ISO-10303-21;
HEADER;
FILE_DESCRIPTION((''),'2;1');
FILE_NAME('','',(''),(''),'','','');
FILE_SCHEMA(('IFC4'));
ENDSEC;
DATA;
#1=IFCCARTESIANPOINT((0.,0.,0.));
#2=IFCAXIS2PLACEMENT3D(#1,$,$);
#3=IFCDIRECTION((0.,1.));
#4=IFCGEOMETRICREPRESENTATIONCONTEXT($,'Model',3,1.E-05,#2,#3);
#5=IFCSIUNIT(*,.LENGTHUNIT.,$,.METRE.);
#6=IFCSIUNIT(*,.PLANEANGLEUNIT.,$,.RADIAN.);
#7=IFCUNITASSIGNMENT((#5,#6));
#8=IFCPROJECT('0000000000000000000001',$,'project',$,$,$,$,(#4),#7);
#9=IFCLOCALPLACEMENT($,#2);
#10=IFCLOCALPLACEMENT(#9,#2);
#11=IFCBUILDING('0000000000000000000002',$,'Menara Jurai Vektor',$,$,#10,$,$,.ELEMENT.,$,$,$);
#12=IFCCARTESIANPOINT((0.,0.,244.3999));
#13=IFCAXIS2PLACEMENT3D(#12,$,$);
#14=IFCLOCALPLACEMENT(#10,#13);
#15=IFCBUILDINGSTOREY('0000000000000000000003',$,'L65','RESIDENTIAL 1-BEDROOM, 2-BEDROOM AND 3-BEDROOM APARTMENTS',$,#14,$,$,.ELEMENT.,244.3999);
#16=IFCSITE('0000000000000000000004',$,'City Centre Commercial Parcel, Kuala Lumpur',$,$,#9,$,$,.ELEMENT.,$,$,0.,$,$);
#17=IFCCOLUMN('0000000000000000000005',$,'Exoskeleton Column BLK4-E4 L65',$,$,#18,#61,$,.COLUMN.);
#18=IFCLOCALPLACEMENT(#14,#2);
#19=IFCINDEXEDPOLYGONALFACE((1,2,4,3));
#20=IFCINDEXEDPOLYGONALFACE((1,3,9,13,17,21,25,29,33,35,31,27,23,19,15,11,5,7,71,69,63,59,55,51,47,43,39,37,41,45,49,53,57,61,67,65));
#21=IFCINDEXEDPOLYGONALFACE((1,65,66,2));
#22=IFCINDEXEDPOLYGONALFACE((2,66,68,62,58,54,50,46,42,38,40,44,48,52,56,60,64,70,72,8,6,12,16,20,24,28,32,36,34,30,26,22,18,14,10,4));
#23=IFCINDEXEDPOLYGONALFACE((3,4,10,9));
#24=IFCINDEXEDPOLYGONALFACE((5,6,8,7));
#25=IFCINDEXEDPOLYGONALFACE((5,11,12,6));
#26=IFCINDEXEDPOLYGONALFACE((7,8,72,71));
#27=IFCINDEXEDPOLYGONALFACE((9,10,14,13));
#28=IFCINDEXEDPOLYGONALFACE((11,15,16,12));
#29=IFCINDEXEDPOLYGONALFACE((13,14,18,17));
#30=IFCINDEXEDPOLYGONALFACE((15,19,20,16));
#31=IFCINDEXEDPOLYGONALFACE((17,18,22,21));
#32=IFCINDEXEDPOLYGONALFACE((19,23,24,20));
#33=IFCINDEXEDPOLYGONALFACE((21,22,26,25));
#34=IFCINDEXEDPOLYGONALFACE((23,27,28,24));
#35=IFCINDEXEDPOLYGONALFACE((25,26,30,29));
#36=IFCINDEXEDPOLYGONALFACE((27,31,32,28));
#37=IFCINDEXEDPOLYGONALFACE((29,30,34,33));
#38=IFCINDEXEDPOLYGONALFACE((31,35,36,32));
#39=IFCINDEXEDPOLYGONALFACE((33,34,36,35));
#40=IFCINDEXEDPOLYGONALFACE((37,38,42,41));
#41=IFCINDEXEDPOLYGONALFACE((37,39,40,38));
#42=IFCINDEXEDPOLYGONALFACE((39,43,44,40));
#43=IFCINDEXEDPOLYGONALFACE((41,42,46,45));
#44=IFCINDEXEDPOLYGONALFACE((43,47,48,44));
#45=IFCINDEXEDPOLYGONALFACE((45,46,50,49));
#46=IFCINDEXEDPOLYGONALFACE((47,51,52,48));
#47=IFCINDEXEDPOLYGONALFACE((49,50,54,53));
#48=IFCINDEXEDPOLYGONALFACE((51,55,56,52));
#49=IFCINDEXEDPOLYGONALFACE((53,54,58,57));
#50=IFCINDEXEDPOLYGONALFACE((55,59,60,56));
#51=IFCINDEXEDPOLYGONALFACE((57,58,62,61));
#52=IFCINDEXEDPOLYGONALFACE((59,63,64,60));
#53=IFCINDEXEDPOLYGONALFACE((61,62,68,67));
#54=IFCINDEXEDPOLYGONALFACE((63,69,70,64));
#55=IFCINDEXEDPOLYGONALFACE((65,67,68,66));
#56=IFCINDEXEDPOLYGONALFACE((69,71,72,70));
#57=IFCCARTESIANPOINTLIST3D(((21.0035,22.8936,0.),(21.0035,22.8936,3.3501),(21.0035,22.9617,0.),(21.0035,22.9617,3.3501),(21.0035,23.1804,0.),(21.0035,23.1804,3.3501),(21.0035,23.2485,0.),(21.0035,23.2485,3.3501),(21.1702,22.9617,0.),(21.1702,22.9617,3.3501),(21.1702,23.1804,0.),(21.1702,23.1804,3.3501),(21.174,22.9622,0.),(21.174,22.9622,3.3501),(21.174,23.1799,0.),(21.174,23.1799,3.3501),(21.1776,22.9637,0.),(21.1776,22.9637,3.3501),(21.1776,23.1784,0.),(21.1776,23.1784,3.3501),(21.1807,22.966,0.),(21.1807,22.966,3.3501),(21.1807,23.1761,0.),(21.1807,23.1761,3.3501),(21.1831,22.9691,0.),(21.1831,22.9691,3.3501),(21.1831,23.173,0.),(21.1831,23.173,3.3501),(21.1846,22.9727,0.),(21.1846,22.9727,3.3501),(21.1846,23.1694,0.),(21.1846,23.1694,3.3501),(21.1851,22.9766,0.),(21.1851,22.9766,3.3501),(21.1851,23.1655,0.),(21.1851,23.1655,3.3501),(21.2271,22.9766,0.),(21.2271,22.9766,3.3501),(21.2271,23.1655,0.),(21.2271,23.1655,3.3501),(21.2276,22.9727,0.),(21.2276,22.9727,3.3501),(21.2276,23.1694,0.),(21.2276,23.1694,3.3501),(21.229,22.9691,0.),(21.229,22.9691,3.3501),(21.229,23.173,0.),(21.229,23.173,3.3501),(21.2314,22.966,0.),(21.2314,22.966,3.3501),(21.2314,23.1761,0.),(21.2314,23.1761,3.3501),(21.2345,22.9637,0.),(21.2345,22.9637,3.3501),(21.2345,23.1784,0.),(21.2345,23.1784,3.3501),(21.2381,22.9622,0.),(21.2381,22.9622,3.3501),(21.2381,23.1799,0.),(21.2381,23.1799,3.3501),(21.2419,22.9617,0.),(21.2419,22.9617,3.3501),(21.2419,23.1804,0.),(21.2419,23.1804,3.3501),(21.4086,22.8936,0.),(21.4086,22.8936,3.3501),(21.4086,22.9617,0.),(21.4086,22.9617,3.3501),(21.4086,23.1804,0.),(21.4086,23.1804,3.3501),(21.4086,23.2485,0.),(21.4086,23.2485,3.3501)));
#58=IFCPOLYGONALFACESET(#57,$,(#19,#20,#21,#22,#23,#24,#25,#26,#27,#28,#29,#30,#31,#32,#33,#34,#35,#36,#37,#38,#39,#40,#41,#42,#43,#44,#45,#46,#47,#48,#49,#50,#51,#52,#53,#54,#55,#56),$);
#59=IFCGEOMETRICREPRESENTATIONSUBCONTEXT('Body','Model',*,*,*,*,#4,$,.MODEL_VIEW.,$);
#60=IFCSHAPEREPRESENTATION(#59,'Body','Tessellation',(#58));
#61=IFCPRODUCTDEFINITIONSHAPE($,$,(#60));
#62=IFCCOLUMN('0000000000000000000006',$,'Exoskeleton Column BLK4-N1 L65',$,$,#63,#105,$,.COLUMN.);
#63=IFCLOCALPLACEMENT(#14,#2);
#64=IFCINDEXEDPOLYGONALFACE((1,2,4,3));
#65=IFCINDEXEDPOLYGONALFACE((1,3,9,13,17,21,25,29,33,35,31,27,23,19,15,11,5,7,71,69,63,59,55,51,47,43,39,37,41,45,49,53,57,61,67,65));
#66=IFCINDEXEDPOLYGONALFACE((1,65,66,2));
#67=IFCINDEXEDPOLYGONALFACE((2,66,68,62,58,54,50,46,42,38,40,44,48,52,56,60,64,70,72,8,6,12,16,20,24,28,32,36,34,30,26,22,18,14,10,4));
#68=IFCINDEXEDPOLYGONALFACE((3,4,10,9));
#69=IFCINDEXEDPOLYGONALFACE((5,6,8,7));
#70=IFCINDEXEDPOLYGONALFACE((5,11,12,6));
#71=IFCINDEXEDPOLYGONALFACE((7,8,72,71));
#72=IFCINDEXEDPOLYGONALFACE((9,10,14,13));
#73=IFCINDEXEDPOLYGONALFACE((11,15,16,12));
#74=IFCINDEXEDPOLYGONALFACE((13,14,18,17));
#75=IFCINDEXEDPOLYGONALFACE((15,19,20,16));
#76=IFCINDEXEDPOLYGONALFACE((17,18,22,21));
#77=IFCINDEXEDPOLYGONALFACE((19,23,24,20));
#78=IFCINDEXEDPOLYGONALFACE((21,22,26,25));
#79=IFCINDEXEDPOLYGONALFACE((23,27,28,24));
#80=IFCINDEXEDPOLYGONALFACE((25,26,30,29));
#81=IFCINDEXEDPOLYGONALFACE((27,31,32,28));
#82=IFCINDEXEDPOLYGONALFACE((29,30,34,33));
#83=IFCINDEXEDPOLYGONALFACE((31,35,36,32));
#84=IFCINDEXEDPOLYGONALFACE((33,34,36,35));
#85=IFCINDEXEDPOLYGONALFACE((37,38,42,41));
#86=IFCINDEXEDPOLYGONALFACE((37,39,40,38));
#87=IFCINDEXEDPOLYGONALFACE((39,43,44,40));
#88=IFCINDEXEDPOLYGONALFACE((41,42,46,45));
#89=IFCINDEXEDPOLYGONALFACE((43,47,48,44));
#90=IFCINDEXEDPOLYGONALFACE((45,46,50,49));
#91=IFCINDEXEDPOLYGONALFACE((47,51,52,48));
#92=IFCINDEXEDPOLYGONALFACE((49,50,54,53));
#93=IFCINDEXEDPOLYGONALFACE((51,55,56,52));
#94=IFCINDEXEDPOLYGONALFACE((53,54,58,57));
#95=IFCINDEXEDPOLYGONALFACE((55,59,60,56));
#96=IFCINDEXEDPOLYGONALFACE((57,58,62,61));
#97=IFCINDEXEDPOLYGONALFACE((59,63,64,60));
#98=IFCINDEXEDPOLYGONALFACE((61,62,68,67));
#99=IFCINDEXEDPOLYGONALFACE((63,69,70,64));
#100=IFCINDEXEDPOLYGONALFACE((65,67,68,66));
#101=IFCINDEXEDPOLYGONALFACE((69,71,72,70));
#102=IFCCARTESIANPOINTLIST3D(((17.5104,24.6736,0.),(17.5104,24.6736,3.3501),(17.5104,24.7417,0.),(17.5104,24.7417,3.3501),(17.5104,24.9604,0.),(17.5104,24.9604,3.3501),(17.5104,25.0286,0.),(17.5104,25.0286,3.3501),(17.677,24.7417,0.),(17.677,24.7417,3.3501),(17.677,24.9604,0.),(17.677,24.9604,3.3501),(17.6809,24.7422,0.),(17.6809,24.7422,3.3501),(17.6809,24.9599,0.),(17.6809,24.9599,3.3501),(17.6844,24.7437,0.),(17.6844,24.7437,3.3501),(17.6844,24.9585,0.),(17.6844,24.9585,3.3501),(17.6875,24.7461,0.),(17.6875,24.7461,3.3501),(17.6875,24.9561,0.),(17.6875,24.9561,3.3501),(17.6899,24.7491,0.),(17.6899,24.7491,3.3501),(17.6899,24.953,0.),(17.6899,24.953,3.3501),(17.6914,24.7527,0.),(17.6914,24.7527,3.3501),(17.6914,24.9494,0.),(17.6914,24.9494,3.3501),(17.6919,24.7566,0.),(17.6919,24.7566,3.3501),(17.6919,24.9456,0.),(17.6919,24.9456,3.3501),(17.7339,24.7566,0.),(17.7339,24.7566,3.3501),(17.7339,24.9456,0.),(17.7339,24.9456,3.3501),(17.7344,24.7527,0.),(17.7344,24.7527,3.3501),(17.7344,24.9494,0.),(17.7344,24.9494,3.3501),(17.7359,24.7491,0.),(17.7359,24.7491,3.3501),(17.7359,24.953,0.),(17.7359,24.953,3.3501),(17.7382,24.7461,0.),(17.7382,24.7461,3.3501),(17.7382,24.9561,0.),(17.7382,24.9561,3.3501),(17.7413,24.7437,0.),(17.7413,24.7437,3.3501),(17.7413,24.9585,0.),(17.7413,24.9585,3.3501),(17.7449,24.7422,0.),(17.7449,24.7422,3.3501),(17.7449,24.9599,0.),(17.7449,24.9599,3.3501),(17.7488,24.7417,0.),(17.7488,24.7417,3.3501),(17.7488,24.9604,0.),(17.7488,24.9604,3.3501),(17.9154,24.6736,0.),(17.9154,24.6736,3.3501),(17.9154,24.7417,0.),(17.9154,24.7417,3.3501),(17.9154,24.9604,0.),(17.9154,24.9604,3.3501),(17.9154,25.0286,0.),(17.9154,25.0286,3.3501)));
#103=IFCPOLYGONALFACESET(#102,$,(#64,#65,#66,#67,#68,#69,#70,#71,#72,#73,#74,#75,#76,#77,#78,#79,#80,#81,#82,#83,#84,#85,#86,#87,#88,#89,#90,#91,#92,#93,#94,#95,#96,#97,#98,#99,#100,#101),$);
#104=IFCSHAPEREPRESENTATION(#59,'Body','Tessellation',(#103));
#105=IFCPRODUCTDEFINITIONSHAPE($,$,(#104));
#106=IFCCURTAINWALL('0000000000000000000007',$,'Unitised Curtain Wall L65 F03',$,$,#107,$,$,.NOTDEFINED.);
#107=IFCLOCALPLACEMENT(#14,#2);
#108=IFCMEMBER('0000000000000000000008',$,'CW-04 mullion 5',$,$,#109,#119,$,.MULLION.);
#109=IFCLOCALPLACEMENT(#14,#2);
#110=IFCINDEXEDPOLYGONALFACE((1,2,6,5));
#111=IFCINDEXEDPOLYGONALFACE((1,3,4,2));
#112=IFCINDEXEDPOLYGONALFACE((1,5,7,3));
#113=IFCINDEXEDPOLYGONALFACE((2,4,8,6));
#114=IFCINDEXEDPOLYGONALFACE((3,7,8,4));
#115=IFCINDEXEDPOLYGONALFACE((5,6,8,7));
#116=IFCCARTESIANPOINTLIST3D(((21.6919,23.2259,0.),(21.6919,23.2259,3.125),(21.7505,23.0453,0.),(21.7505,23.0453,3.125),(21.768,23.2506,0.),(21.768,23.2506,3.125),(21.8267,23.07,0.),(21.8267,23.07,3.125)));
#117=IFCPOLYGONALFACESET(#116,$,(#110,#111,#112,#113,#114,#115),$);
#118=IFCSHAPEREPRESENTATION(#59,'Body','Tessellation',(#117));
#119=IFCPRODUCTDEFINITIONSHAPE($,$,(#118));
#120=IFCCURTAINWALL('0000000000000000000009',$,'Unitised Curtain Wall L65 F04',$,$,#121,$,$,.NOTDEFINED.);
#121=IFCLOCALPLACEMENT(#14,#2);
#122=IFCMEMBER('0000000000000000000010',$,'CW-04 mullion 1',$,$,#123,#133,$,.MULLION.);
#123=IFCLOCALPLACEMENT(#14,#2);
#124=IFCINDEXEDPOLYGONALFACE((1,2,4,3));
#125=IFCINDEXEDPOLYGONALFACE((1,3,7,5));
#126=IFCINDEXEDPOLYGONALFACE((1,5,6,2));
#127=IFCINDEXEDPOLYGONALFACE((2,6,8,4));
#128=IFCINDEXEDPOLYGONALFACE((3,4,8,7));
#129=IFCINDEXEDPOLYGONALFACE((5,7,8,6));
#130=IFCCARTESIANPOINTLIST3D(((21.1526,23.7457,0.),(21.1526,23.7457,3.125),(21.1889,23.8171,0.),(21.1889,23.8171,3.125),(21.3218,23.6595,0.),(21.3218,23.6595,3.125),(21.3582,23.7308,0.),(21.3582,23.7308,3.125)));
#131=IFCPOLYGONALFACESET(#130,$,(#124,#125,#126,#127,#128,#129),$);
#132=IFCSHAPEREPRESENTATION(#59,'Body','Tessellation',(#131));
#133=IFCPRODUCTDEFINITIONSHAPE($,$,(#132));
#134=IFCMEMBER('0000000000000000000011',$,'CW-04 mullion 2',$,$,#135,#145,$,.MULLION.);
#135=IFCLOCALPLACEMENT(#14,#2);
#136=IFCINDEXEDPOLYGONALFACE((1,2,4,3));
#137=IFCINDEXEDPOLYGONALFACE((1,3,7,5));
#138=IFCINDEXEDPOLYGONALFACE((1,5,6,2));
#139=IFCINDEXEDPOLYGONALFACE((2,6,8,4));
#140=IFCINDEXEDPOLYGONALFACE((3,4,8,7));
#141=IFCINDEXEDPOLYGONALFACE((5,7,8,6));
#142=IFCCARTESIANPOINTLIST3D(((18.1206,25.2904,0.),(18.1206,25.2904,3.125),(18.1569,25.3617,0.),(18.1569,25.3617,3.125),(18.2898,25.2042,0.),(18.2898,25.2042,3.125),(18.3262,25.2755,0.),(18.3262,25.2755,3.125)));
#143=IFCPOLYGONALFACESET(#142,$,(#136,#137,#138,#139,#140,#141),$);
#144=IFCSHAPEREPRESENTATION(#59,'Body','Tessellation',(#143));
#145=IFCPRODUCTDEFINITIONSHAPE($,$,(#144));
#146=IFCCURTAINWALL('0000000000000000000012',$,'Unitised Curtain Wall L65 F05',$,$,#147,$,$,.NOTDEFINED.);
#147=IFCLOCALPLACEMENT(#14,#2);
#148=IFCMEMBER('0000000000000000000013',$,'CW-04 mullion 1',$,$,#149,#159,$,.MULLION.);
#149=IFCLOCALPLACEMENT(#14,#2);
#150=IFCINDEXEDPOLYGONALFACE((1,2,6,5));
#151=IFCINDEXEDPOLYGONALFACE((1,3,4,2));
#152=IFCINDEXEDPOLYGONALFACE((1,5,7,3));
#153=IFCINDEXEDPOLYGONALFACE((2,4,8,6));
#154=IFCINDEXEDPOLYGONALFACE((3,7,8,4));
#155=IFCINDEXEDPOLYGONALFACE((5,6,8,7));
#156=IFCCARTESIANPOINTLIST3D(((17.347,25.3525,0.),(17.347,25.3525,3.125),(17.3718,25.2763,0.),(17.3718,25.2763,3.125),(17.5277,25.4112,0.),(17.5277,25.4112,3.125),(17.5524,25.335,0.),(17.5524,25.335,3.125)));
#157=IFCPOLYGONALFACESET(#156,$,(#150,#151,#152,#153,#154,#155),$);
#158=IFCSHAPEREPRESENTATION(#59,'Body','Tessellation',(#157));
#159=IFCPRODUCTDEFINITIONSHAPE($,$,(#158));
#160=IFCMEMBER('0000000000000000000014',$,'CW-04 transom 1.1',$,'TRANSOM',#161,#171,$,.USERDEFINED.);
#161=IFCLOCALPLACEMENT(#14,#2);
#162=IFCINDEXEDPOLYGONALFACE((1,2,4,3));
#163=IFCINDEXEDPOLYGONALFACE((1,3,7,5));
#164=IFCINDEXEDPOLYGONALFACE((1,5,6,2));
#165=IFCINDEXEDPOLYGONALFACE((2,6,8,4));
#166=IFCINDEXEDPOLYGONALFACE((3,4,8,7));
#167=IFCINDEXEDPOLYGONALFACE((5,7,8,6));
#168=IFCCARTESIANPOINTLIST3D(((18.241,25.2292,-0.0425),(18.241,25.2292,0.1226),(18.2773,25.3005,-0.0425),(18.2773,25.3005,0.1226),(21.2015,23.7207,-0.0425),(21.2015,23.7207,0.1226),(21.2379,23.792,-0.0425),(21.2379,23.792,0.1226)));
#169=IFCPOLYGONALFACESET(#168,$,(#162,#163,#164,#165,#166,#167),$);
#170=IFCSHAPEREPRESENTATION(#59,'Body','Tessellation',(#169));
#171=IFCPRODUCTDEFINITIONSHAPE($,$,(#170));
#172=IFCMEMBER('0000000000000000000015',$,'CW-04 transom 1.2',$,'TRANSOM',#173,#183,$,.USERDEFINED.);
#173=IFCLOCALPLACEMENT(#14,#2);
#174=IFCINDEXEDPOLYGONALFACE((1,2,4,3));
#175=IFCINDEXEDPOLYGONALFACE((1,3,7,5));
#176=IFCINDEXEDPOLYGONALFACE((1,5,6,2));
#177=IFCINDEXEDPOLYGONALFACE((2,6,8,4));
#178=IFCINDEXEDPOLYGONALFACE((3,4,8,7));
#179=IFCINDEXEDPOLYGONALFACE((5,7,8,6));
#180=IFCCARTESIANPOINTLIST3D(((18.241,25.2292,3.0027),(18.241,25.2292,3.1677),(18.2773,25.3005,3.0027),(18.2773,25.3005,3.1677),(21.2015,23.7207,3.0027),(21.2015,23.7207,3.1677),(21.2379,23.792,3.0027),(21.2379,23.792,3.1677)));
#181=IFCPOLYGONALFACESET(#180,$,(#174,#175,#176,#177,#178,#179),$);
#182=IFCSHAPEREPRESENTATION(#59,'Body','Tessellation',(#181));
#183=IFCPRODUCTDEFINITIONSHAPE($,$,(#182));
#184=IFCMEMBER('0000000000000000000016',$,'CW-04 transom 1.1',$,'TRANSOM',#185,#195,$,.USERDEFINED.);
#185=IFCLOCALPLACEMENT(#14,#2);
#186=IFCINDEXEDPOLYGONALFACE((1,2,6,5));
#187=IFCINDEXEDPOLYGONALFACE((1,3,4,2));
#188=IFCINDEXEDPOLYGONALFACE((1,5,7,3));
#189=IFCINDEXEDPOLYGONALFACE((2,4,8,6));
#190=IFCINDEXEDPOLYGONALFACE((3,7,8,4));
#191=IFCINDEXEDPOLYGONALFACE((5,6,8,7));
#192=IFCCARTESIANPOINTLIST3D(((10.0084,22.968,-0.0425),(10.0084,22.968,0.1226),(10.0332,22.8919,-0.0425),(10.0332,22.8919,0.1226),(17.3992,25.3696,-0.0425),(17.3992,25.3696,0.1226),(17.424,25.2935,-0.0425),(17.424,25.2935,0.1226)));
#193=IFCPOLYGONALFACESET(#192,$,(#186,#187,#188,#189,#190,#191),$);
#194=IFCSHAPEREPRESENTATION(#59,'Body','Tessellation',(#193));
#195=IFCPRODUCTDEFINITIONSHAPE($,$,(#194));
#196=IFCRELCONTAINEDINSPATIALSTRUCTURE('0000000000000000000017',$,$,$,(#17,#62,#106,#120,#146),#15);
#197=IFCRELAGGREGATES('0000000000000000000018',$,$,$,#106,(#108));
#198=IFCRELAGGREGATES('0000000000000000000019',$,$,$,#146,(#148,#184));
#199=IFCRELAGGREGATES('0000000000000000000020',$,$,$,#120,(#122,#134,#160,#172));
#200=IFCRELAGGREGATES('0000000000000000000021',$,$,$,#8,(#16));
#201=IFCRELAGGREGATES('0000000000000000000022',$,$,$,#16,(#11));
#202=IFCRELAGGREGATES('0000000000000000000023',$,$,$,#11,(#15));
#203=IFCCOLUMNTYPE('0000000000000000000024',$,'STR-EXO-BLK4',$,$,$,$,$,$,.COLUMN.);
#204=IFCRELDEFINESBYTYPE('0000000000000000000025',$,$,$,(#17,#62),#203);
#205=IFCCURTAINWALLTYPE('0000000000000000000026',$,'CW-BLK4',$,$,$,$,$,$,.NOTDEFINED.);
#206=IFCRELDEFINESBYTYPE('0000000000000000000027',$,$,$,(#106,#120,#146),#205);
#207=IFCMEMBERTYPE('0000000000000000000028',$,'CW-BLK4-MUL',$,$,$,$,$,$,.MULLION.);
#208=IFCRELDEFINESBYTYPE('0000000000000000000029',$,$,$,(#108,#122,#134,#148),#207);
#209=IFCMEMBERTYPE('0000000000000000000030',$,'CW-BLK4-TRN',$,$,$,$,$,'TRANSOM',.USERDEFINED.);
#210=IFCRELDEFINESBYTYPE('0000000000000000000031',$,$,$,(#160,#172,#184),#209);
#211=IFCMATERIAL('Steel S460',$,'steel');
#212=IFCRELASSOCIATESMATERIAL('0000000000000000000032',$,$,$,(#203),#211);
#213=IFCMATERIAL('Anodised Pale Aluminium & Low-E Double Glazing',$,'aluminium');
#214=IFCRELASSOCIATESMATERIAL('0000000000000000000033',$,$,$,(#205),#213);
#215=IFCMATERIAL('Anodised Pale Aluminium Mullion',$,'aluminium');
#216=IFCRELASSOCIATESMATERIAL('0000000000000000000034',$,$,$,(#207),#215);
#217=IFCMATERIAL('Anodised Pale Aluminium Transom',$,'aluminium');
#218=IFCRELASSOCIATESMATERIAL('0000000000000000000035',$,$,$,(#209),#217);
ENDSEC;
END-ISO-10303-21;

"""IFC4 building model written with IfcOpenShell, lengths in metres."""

from ifc_helpers import new_model, si_unit, direction, frame, origin, origin_2d, place, context, subcontext, project, spatial, rectangle, i_section, extrude, material, material_profile, profile_set, type_object, element, aggregate, save


model = new_model("IFC4")

# Units and contexts
model_context = context("Model", 3, precision=1e-05, world=origin(), true_north=direction((0.0, 1.0)))
body_context = subcontext(model_context, "Body", "Model", "MODEL_VIEW")
ifc_project = project(units=[si_unit("LENGTHUNIT", "METRE"), si_unit("PLANEANGLEUNIT", "RADIAN")], contexts=[model_context])

# Site, building, storey
site_placement = place(None, origin())
site = spatial("IfcSite", under=ifc_project, at=site_placement, Name="City Centre Commercial Parcel, Kuala Lumpur", CompositionType="ELEMENT", RefElevation=0.0)
building_placement = place(site_placement, origin())
building = spatial("IfcBuilding", under=site, at=building_placement, Name="Menara Jurai Vektor", CompositionType="ELEMENT")
storey_placement = place(building_placement, frame((0.0, 0.0, 244.3999)))
storey = spatial("IfcBuildingStorey", under=building, at=storey_placement, Name="L65", Description="RESIDENTIAL 1-BEDROOM, 2-BEDROOM AND 3-BEDROOM APARTMENTS", CompositionType="ELEMENT", Elevation=244.3999)

# Columns
ifc_material_1 = material(Name="Steel S460", Category="steel")
ifc_material_profile_1 = material_profile(ifc_material_1, i_section(OverallWidth=0.405, OverallDepth=0.355, WebThickness=0.042, FlangeThickness=0.0681, FilletRadius=0.0149, at=origin_2d()), Name="HD 400x551")
ifc_profile_set_1 = profile_set([ifc_material_profile_1], Name="Steel S460")
column_type = type_object("IfcColumnType", Name="STR-EXO-BLK4", PredefinedType="COLUMN", material=ifc_profile_set_1)
for number, where, z_axis, x_axis, name in (
    (1, (21.2061, 23.071, 0.0), (0.0, 0.0, 1.0), (1.0, 0.0, 0.0), "Exoskeleton Column BLK4-E4 L65"),
    (2, (17.7129, 24.8511, 0.0), (0.0, 0.0, 1.0), (1.0, 0.0, 0.0), "Exoskeleton Column BLK4-N1 L65"),
):
    element("IfcColumn", number, at=place(storey_placement, frame(where, z_axis=z_axis, x_axis=x_axis)), inside=storey, type_object=column_type, Name=name, PredefinedType="COLUMN", context=body_context, shape_type="SweptSolid", body=[
        extrude(i_section(OverallWidth=0.405, OverallDepth=0.355, WebThickness=0.042, FlangeThickness=0.0681, FilletRadius=0.0149, at=origin_2d()), origin(), (0.0, 0.0, 1.0), 3.3501),
    ])

# Curtain wall, member
ifc_material_2 = material(Name="Anodised Pale Aluminium & Low-E Double Glazing", Category="aluminium")
curtain_wall_type = type_object("IfcCurtainWallType", Name="CW-BLK4", PredefinedType="NOTDEFINED", material=ifc_material_2)
curtain_wall_1_placement = place(storey_placement, origin())
curtain_wall_1 = element("IfcCurtainWall", 3, at=curtain_wall_1_placement, inside=storey, type_object=curtain_wall_type, Name="Unitised Curtain Wall L65 F03", PredefinedType="NOTDEFINED")
ifc_material_3 = material(Name="Anodised Pale Aluminium Mullion", Category="aluminium")
ifc_material_profile_2 = material_profile(ifc_material_3, rectangle(XDim=0.0801, YDim=0.1899, at=origin_2d()), Name="ALU MUL 80x190")
ifc_profile_set_2 = profile_set([ifc_material_profile_2], Name="Anodised Pale Aluminium Mullion")
member_type_1 = type_object("IfcMemberType", Name="CW-BLK4-MUL", PredefinedType="MULLION", material=ifc_profile_set_2)
member_1_placement = place(storey_placement, frame((21.7593, 23.1479, 0.0), z_axis=(0.0, 0.0, 1.0), x_axis=(-0.951057, -0.309016, 0.0)))
member_1 = element("IfcMember", 4, at=member_1_placement, type_object=member_type_1, Name="CW-04 mullion 5", PredefinedType="MULLION", context=body_context, shape_type="SweptSolid", body=[
    extrude(rectangle(XDim=0.0801, YDim=0.1899, at=origin_2d()), origin(), (0.0, 0.0, 1.0), 3.125),
])

# Curtain wall, members
curtain_wall_2_placement = place(storey_placement, origin())
curtain_wall_2 = element("IfcCurtainWall", 5, at=curtain_wall_2_placement, inside=storey, type_object=curtain_wall_type, Name="Unitised Curtain Wall L65 F04", PredefinedType="NOTDEFINED")
member_2_placement = place(storey_placement, frame((21.2554, 23.7383, 0.0), z_axis=(0.0, 0.0, 1.0), x_axis=(-0.453989, -0.891008, 0.0)))
member_2 = element("IfcMember", 6, at=member_2_placement, type_object=member_type_1, Name="CW-04 mullion 1", PredefinedType="MULLION", context=body_context, shape_type="SweptSolid", body=[
    extrude(rectangle(XDim=0.0801, YDim=0.1899, at=origin_2d()), origin(), (0.0, 0.0, 1.0), 3.125),
])
member_3_placement = place(storey_placement, frame((18.2234, 25.283, 0.0), z_axis=(0.0, 0.0, 1.0), x_axis=(-0.453989, -0.891008, 0.0)))
member_3 = element("IfcMember", 7, at=member_3_placement, type_object=member_type_1, Name="CW-04 mullion 2", PredefinedType="MULLION", context=body_context, shape_type="SweptSolid", body=[
    extrude(rectangle(XDim=0.0801, YDim=0.1899, at=origin_2d()), origin(), (0.0, 0.0, 1.0), 3.125),
])

# Curtain wall, member
curtain_wall_3_placement = place(storey_placement, origin())
curtain_wall_3 = element("IfcCurtainWall", 8, at=curtain_wall_3_placement, inside=storey, type_object=curtain_wall_type, Name="Unitised Curtain Wall L65 F05", PredefinedType="NOTDEFINED")
member_4_placement = place(storey_placement, frame((17.4497, 25.3438, 0.0), z_axis=(0.0, 0.0, 1.0), x_axis=(0.309017, -0.951056, 0.0)))
member_4 = element("IfcMember", 9, at=member_4_placement, type_object=member_type_1, Name="CW-04 mullion 1", PredefinedType="MULLION", context=body_context, shape_type="SweptSolid", body=[
    extrude(rectangle(XDim=0.0801, YDim=0.1899, at=origin_2d()), origin(), (0.0, 0.0, 1.0), 3.125),
])

# Members
ifc_material_4 = material(Name="Anodised Pale Aluminium Transom", Category="aluminium")
ifc_material_profile_3 = material_profile(ifc_material_4, rectangle(XDim=0.0801, YDim=0.165, at=origin_2d()), Name="ALU TRN 80x165")
ifc_profile_set_3 = profile_set([ifc_material_profile_3], Name="Anodised Pale Aluminium Transom")
member_type_2 = type_object("IfcMemberType", Name="CW-BLK4-TRN", ElementType="TRANSOM", PredefinedType="USERDEFINED", material=ifc_profile_set_3)
member_5_placement = place(storey_placement, frame((21.2197, 23.7563, 0.04), z_axis=(-0.891007, 0.45399, 0.0), x_axis=(-0.45399, -0.891007, 0.0)))
member_5 = element("IfcMember", 10, at=member_5_placement, type_object=member_type_2, Name="CW-04 transom 1.1", ObjectType="TRANSOM", PredefinedType="USERDEFINED", context=body_context, shape_type="SweptSolid", body=[
    extrude(rectangle(XDim=0.0801, YDim=0.165, at=origin_2d()), origin(), (0.0, 0.0, 1.0), 3.3228),
])
member_6_placement = place(storey_placement, frame((21.2197, 23.7563, 3.0852), z_axis=(-0.891007, 0.45399, 0.0), x_axis=(-0.45399, -0.891007, 0.0)))
member_6 = element("IfcMember", 11, at=member_6_placement, type_object=member_type_2, Name="CW-04 transom 1.2", ObjectType="TRANSOM", PredefinedType="USERDEFINED", context=body_context, shape_type="SweptSolid", body=[
    extrude(rectangle(XDim=0.0801, YDim=0.165, at=origin_2d()), origin(), (0.0, 0.0, 1.0), 3.3228),
])
member_7_placement = place(storey_placement, frame((17.4116, 25.3315, 0.04), z_axis=(-0.95105, -0.309037, 0.0), x_axis=(0.309037, -0.95105, 0.0)))
member_7 = element("IfcMember", 12, at=member_7_placement, type_object=member_type_2, Name="CW-04 transom 1.1", ObjectType="TRANSOM", PredefinedType="USERDEFINED", context=body_context, shape_type="SweptSolid", body=[
    extrude(rectangle(XDim=0.0801, YDim=0.165, at=origin_2d()), origin(), (0.0, 0.0, 1.0), 7.7712),
])

aggregate(curtain_wall_1, [member_1])
aggregate(curtain_wall_3, [member_4, member_7])
aggregate(curtain_wall_2, [member_2, member_3, member_5, member_6])

save(model, "model.ifc")
